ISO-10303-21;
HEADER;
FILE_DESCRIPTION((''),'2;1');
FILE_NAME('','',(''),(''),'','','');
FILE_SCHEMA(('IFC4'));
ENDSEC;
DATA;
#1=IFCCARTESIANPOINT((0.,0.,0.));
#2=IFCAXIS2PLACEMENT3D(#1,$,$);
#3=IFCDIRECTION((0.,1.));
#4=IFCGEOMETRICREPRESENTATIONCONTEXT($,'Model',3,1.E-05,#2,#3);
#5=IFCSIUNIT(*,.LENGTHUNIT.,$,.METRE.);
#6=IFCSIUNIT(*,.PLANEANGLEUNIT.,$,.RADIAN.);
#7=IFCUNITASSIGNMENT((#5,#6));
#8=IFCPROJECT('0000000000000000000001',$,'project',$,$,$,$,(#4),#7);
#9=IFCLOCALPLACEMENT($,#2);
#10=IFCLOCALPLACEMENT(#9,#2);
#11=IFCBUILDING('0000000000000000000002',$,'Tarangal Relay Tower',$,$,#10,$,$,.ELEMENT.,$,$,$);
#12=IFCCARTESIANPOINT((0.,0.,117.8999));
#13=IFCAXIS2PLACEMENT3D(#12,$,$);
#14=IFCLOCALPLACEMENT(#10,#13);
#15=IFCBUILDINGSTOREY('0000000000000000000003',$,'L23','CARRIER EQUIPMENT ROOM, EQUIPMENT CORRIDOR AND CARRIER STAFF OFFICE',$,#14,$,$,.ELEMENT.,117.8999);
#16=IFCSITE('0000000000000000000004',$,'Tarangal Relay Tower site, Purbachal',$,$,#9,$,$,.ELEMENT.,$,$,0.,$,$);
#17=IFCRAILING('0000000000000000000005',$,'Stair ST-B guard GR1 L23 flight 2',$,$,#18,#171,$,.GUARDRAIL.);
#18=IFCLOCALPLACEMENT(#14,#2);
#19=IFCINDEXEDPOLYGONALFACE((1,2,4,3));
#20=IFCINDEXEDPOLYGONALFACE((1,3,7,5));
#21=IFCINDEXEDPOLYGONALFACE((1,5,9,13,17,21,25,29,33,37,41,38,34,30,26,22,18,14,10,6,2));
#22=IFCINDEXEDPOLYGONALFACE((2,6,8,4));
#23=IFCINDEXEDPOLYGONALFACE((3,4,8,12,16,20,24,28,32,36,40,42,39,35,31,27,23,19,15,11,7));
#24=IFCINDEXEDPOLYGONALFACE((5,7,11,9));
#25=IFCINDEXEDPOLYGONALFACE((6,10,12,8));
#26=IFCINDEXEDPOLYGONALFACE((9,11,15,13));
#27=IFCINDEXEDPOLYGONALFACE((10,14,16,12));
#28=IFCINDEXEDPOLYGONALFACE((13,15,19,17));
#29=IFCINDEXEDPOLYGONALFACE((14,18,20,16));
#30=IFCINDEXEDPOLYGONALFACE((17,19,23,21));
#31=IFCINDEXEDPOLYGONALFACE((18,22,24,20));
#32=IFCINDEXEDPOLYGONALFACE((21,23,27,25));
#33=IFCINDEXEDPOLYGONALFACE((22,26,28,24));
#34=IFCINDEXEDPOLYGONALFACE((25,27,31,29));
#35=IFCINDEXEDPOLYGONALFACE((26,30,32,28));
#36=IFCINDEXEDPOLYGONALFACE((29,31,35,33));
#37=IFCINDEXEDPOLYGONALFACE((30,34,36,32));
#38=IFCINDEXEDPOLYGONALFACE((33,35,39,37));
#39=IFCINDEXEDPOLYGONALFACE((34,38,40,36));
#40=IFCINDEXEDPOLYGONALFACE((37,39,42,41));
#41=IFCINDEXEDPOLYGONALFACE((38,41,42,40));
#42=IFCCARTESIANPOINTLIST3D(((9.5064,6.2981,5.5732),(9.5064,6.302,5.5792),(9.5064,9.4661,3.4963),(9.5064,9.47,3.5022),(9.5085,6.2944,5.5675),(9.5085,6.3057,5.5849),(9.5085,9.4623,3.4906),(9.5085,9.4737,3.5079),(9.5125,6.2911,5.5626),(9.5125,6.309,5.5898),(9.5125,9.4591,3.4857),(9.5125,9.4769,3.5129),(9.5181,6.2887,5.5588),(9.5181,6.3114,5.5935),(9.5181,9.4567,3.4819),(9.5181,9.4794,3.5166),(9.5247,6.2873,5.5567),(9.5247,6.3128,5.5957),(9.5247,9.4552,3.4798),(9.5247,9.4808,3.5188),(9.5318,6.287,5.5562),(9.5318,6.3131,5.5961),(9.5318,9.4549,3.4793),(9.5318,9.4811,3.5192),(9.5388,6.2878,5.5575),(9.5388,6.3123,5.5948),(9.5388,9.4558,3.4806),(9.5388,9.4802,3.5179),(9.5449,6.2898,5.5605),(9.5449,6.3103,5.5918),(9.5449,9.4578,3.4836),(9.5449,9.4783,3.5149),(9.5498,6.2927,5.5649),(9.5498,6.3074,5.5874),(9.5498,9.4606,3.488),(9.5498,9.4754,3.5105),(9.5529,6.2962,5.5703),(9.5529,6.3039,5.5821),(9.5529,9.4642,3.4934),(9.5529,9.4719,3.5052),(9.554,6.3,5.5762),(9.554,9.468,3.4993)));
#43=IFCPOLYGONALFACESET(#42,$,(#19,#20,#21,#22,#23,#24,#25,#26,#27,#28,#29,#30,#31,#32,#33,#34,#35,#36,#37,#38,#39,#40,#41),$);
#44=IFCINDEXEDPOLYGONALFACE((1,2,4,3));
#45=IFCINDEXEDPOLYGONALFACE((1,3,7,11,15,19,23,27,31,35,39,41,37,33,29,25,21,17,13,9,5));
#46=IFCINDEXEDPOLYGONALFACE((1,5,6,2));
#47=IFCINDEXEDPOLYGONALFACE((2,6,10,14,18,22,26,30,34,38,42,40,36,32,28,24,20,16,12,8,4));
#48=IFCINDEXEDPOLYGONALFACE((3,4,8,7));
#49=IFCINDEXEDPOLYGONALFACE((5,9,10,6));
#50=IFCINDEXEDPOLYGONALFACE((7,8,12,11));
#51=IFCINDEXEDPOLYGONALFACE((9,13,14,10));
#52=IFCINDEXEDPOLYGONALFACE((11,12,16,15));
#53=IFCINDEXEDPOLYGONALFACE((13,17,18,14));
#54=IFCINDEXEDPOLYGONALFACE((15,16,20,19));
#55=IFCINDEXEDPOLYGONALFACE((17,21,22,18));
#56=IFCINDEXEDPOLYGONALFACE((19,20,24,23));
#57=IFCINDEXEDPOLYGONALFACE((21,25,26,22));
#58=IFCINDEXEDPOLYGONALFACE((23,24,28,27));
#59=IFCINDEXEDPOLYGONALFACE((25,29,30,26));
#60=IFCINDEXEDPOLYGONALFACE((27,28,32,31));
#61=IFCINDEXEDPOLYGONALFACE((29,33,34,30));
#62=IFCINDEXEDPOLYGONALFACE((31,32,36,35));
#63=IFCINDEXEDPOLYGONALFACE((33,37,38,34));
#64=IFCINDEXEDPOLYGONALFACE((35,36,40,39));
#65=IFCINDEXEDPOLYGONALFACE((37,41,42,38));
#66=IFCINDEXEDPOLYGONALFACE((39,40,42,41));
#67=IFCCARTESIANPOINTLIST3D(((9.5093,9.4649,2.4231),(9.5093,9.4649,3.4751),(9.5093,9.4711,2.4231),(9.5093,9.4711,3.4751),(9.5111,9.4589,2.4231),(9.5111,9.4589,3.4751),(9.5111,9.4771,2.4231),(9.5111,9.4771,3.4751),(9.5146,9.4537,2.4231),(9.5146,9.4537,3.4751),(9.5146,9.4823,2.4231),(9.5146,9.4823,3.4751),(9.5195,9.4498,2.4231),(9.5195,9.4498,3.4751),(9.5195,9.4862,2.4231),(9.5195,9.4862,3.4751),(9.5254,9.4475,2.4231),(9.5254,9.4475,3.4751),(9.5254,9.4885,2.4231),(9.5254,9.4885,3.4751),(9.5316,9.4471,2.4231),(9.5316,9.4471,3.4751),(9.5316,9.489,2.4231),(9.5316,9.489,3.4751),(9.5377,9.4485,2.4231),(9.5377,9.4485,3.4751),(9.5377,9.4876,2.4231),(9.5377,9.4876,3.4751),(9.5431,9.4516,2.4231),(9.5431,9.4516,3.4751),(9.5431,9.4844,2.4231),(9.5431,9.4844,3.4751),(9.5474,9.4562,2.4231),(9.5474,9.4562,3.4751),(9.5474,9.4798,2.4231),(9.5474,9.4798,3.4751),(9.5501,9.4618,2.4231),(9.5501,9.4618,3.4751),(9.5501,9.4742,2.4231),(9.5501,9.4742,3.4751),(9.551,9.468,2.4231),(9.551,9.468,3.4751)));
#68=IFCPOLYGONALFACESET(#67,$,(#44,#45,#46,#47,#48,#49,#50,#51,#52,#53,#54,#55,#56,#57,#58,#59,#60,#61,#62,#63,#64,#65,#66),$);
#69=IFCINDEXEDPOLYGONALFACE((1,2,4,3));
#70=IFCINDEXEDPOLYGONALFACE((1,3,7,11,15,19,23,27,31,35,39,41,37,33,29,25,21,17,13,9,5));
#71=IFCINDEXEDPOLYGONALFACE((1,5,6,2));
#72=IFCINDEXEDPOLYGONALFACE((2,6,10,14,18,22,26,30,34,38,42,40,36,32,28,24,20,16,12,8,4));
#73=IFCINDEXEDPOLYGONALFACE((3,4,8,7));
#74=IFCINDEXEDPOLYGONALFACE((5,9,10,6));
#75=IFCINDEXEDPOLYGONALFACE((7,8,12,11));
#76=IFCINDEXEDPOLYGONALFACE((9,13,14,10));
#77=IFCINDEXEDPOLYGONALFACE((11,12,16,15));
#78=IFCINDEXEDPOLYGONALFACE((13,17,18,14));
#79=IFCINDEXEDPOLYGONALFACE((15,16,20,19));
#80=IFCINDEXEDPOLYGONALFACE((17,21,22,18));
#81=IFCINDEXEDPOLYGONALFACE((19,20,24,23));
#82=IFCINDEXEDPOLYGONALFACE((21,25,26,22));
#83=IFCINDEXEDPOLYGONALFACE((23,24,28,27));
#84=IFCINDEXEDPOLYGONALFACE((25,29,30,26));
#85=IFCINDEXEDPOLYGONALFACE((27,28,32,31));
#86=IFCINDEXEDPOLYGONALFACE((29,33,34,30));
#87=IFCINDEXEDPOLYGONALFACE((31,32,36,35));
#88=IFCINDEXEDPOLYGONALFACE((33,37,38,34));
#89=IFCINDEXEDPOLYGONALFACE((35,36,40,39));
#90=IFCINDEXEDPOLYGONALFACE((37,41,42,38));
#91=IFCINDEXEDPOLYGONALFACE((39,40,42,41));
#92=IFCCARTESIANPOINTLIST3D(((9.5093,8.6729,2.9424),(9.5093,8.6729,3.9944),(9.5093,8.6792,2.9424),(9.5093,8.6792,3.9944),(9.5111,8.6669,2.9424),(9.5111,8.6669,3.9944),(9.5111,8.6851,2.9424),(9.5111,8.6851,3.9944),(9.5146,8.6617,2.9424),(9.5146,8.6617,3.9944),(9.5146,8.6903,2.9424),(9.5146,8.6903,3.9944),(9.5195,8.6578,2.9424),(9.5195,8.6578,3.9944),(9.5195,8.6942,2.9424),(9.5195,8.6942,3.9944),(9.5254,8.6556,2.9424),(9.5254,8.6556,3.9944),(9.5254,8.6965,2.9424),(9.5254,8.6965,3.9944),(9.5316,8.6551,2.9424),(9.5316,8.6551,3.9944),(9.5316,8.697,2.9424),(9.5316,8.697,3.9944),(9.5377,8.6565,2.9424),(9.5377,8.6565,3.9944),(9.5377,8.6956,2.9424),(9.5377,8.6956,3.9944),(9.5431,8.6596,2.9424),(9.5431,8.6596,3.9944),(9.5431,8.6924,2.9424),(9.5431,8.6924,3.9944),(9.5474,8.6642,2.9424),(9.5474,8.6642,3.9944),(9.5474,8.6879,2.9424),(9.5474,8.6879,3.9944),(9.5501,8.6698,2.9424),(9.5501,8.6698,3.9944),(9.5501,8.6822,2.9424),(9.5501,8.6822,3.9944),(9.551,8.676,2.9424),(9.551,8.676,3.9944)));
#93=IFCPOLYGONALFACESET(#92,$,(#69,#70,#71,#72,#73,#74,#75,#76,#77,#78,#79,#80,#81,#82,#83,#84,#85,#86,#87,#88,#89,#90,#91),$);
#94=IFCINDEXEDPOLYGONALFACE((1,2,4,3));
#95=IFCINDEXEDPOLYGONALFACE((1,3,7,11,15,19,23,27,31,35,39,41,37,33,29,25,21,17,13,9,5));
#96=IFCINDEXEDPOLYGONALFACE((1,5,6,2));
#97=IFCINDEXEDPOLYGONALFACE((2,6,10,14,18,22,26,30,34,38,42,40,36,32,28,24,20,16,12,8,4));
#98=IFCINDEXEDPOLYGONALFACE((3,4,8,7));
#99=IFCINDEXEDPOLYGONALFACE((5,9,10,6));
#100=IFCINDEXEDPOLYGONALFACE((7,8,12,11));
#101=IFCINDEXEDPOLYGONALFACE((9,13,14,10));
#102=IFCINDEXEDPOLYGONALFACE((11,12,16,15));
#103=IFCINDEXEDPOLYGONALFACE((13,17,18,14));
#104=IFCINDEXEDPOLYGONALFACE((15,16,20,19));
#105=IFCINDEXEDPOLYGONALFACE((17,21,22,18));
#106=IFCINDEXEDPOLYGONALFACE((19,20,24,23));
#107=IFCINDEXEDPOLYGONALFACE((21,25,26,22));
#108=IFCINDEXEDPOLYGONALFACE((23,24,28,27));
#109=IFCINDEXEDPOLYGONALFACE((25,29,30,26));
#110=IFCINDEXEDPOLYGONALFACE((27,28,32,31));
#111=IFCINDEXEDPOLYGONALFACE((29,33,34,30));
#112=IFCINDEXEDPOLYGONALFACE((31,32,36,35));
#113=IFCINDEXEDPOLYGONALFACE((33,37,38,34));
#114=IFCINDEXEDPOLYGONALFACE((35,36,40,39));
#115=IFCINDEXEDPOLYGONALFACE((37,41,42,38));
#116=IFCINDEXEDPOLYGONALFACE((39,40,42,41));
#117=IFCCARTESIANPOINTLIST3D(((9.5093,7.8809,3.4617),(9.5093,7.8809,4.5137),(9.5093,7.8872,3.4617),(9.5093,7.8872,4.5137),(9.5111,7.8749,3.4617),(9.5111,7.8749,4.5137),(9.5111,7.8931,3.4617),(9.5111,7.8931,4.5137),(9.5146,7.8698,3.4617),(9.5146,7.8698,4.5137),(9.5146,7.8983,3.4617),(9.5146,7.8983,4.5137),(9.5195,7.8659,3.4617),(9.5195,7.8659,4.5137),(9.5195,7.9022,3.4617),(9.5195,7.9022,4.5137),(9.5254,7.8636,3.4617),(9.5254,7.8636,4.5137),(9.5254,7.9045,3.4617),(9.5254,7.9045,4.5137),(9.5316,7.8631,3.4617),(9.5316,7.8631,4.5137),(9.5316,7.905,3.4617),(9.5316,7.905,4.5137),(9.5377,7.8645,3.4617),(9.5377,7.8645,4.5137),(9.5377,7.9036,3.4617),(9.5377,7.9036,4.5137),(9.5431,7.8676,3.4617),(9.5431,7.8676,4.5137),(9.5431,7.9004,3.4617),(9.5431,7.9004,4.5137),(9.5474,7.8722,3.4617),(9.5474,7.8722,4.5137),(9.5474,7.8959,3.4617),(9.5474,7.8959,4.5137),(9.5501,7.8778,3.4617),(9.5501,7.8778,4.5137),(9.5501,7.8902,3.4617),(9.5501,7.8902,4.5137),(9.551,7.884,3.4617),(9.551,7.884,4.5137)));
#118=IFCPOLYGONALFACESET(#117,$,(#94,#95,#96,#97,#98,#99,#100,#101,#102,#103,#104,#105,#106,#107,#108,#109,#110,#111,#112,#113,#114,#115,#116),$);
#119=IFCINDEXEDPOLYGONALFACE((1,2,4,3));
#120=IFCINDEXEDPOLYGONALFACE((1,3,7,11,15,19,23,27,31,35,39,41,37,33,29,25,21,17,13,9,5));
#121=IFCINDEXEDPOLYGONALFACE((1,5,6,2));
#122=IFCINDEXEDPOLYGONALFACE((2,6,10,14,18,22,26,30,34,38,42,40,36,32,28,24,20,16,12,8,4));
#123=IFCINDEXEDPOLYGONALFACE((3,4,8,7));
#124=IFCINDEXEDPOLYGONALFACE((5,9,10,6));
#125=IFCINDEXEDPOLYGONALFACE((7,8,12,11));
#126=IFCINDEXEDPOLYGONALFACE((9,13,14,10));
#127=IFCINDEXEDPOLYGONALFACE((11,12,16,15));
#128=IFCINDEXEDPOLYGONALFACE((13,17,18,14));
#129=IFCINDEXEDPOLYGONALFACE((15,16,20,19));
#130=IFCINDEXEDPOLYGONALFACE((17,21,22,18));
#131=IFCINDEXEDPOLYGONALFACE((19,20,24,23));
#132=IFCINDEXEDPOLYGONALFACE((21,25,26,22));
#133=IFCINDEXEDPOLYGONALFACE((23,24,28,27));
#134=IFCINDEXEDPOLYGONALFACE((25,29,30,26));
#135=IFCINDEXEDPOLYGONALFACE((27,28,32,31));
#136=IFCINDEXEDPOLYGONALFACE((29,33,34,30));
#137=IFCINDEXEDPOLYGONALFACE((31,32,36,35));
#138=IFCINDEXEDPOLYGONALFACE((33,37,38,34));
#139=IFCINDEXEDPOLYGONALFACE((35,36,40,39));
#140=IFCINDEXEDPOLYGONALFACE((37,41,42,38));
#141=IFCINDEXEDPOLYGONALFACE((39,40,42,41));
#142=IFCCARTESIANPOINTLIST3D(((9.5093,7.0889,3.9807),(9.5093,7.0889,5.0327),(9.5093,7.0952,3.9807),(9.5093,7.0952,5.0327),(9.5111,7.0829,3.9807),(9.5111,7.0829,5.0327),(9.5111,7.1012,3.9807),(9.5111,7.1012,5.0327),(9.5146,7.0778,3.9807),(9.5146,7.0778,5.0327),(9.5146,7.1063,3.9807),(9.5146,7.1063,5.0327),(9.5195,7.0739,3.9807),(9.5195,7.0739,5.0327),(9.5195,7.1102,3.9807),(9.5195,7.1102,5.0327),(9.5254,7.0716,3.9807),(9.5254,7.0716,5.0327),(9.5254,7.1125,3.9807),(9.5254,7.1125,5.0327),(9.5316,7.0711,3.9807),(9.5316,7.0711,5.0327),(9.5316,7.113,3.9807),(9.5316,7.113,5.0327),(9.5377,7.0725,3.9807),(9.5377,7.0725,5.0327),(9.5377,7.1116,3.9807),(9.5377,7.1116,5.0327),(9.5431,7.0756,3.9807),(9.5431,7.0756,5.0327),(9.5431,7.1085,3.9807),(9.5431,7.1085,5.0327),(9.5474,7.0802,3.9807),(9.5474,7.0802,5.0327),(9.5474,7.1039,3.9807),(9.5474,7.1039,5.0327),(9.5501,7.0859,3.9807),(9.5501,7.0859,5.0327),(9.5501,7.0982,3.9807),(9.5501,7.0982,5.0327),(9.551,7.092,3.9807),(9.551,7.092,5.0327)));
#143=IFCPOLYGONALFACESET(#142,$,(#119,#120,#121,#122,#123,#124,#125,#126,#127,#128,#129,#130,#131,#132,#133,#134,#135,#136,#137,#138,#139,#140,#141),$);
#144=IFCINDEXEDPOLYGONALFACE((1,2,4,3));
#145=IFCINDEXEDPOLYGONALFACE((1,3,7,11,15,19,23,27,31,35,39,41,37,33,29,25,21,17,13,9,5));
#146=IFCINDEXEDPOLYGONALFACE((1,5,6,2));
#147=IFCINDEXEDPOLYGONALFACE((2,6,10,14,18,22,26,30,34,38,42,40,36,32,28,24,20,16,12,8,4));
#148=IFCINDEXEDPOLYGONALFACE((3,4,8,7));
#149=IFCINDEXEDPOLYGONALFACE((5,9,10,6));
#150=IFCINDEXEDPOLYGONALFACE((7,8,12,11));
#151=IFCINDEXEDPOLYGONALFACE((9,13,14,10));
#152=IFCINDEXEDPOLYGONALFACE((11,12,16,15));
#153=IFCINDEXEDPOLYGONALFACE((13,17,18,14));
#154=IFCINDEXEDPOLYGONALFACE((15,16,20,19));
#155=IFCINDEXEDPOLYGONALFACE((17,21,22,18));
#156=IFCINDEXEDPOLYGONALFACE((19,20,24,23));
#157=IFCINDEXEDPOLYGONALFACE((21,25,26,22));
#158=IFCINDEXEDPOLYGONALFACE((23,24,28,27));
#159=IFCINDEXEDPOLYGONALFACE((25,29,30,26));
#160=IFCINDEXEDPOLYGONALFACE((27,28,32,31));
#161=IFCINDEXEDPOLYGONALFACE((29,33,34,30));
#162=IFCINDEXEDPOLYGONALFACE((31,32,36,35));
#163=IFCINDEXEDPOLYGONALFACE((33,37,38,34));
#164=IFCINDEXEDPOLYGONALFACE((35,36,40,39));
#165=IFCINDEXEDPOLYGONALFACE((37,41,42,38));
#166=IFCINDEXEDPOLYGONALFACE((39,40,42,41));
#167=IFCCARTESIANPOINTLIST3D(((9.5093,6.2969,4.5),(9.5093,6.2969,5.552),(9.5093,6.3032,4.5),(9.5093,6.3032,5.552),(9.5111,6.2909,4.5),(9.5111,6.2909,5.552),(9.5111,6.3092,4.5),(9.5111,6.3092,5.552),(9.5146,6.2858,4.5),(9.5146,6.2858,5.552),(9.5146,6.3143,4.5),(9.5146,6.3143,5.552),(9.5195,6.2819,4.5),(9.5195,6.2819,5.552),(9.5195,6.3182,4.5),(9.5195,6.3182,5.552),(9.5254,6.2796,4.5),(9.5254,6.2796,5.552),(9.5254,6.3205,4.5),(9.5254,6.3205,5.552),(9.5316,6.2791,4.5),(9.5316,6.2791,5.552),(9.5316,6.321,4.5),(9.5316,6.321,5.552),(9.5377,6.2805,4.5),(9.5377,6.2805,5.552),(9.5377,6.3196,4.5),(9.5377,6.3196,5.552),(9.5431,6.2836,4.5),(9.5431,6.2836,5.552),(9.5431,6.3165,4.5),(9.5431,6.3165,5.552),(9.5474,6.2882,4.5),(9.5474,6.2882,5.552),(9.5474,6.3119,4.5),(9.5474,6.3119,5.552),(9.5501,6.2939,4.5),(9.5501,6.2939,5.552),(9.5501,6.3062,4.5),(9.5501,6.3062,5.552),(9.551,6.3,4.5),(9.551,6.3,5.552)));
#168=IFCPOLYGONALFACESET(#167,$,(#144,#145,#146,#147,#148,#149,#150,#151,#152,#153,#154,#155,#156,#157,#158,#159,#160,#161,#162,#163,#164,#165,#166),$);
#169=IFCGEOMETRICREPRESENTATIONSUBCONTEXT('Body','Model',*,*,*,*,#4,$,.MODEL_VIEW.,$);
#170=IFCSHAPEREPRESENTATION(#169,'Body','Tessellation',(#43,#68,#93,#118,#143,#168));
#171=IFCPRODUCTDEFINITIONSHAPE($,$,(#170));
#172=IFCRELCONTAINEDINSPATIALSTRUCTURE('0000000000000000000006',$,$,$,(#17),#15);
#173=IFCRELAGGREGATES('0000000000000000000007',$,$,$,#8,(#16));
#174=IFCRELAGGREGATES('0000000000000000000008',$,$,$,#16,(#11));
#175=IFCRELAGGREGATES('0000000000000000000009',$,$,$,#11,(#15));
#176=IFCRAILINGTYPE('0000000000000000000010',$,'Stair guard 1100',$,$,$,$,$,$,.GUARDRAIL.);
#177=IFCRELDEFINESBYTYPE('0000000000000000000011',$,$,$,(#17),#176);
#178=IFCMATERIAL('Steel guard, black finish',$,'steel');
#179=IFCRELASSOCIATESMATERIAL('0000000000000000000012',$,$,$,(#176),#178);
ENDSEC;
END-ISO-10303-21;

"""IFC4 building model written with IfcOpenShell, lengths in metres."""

from ifc_helpers import new_model, si_unit, direction, frame, origin, origin_2d, place, context, subcontext, project, spatial, circle, extrude, material, type_object, element, save


model = new_model("IFC4")

# Units and contexts
model_context = context("Model", 3, precision=1e-05, world=origin(), true_north=direction((0.0, 1.0)))
body_context = subcontext(model_context, "Body", "Model", "MODEL_VIEW")
ifc_project = project(units=[si_unit("LENGTHUNIT", "METRE"), si_unit("PLANEANGLEUNIT", "RADIAN")], contexts=[model_context])

# Site, building, storey
site_placement = place(None, origin())
site = spatial("IfcSite", under=ifc_project, at=site_placement, Name="Tarangal Relay Tower site, Purbachal", CompositionType="ELEMENT", RefElevation=0.0)
building_placement = place(site_placement, origin())
building = spatial("IfcBuilding", under=site, at=building_placement, Name="Tarangal Relay Tower", CompositionType="ELEMENT")
storey_placement = place(building_placement, frame((0.0, 0.0, 117.8999)))
storey = spatial("IfcBuildingStorey", under=building, at=storey_placement, Name="L23", Description="CARRIER EQUIPMENT ROOM, EQUIPMENT CORRIDOR AND CARRIER STAFF OFFICE", CompositionType="ELEMENT", Elevation=117.8999)

# Railing
ifc_material_1 = material(Name="Steel guard, black finish", Category="steel")
railing_type_1 = type_object("IfcRailingType", Name="Stair guard 1100", PredefinedType="GUARDRAIL", material=ifc_material_1)
railing_1_placement = place(storey_placement, frame((9.53, 9.468, 2.4231)))
element("IfcRailing", 1, at=railing_1_placement, inside=storey, type_object=railing_type_1, Name="Stair ST-B guard GR1 L23 flight 2", PredefinedType="GUARDRAIL", context=body_context, shape_type="SweptSolid", body=[
    extrude(circle(Radius=0.0239, at=origin_2d()), frame((0.0, 0.0, 1.0762), z_axis=(0.0, -0.836299, 0.548273), x_axis=(1.0, 0.0, 0.0)), (0.0, 0.0, 1.0), 3.7881),
    extrude(circle(Radius=0.021, at=origin_2d()), origin(), (0.0, 0.0, 1.0), 1.052),
    extrude(circle(Radius=0.021, at=origin_2d()), frame((0.0, -0.792, 0.5193)), (0.0, 0.0, 1.0), 1.052),
    extrude(circle(Radius=0.021, at=origin_2d()), frame((0.0, -1.584, 1.0386)), (0.0, 0.0, 1.0), 1.052),
    extrude(circle(Radius=0.021, at=origin_2d()), frame((0.0, -2.376, 1.5576)), (0.0, 0.0, 1.0), 1.052),
    extrude(circle(Radius=0.021, at=origin_2d()), frame((0.0, -3.168, 2.0769)), (0.0, 0.0, 1.0), 1.052),
])

save(model, "model.ifc")
